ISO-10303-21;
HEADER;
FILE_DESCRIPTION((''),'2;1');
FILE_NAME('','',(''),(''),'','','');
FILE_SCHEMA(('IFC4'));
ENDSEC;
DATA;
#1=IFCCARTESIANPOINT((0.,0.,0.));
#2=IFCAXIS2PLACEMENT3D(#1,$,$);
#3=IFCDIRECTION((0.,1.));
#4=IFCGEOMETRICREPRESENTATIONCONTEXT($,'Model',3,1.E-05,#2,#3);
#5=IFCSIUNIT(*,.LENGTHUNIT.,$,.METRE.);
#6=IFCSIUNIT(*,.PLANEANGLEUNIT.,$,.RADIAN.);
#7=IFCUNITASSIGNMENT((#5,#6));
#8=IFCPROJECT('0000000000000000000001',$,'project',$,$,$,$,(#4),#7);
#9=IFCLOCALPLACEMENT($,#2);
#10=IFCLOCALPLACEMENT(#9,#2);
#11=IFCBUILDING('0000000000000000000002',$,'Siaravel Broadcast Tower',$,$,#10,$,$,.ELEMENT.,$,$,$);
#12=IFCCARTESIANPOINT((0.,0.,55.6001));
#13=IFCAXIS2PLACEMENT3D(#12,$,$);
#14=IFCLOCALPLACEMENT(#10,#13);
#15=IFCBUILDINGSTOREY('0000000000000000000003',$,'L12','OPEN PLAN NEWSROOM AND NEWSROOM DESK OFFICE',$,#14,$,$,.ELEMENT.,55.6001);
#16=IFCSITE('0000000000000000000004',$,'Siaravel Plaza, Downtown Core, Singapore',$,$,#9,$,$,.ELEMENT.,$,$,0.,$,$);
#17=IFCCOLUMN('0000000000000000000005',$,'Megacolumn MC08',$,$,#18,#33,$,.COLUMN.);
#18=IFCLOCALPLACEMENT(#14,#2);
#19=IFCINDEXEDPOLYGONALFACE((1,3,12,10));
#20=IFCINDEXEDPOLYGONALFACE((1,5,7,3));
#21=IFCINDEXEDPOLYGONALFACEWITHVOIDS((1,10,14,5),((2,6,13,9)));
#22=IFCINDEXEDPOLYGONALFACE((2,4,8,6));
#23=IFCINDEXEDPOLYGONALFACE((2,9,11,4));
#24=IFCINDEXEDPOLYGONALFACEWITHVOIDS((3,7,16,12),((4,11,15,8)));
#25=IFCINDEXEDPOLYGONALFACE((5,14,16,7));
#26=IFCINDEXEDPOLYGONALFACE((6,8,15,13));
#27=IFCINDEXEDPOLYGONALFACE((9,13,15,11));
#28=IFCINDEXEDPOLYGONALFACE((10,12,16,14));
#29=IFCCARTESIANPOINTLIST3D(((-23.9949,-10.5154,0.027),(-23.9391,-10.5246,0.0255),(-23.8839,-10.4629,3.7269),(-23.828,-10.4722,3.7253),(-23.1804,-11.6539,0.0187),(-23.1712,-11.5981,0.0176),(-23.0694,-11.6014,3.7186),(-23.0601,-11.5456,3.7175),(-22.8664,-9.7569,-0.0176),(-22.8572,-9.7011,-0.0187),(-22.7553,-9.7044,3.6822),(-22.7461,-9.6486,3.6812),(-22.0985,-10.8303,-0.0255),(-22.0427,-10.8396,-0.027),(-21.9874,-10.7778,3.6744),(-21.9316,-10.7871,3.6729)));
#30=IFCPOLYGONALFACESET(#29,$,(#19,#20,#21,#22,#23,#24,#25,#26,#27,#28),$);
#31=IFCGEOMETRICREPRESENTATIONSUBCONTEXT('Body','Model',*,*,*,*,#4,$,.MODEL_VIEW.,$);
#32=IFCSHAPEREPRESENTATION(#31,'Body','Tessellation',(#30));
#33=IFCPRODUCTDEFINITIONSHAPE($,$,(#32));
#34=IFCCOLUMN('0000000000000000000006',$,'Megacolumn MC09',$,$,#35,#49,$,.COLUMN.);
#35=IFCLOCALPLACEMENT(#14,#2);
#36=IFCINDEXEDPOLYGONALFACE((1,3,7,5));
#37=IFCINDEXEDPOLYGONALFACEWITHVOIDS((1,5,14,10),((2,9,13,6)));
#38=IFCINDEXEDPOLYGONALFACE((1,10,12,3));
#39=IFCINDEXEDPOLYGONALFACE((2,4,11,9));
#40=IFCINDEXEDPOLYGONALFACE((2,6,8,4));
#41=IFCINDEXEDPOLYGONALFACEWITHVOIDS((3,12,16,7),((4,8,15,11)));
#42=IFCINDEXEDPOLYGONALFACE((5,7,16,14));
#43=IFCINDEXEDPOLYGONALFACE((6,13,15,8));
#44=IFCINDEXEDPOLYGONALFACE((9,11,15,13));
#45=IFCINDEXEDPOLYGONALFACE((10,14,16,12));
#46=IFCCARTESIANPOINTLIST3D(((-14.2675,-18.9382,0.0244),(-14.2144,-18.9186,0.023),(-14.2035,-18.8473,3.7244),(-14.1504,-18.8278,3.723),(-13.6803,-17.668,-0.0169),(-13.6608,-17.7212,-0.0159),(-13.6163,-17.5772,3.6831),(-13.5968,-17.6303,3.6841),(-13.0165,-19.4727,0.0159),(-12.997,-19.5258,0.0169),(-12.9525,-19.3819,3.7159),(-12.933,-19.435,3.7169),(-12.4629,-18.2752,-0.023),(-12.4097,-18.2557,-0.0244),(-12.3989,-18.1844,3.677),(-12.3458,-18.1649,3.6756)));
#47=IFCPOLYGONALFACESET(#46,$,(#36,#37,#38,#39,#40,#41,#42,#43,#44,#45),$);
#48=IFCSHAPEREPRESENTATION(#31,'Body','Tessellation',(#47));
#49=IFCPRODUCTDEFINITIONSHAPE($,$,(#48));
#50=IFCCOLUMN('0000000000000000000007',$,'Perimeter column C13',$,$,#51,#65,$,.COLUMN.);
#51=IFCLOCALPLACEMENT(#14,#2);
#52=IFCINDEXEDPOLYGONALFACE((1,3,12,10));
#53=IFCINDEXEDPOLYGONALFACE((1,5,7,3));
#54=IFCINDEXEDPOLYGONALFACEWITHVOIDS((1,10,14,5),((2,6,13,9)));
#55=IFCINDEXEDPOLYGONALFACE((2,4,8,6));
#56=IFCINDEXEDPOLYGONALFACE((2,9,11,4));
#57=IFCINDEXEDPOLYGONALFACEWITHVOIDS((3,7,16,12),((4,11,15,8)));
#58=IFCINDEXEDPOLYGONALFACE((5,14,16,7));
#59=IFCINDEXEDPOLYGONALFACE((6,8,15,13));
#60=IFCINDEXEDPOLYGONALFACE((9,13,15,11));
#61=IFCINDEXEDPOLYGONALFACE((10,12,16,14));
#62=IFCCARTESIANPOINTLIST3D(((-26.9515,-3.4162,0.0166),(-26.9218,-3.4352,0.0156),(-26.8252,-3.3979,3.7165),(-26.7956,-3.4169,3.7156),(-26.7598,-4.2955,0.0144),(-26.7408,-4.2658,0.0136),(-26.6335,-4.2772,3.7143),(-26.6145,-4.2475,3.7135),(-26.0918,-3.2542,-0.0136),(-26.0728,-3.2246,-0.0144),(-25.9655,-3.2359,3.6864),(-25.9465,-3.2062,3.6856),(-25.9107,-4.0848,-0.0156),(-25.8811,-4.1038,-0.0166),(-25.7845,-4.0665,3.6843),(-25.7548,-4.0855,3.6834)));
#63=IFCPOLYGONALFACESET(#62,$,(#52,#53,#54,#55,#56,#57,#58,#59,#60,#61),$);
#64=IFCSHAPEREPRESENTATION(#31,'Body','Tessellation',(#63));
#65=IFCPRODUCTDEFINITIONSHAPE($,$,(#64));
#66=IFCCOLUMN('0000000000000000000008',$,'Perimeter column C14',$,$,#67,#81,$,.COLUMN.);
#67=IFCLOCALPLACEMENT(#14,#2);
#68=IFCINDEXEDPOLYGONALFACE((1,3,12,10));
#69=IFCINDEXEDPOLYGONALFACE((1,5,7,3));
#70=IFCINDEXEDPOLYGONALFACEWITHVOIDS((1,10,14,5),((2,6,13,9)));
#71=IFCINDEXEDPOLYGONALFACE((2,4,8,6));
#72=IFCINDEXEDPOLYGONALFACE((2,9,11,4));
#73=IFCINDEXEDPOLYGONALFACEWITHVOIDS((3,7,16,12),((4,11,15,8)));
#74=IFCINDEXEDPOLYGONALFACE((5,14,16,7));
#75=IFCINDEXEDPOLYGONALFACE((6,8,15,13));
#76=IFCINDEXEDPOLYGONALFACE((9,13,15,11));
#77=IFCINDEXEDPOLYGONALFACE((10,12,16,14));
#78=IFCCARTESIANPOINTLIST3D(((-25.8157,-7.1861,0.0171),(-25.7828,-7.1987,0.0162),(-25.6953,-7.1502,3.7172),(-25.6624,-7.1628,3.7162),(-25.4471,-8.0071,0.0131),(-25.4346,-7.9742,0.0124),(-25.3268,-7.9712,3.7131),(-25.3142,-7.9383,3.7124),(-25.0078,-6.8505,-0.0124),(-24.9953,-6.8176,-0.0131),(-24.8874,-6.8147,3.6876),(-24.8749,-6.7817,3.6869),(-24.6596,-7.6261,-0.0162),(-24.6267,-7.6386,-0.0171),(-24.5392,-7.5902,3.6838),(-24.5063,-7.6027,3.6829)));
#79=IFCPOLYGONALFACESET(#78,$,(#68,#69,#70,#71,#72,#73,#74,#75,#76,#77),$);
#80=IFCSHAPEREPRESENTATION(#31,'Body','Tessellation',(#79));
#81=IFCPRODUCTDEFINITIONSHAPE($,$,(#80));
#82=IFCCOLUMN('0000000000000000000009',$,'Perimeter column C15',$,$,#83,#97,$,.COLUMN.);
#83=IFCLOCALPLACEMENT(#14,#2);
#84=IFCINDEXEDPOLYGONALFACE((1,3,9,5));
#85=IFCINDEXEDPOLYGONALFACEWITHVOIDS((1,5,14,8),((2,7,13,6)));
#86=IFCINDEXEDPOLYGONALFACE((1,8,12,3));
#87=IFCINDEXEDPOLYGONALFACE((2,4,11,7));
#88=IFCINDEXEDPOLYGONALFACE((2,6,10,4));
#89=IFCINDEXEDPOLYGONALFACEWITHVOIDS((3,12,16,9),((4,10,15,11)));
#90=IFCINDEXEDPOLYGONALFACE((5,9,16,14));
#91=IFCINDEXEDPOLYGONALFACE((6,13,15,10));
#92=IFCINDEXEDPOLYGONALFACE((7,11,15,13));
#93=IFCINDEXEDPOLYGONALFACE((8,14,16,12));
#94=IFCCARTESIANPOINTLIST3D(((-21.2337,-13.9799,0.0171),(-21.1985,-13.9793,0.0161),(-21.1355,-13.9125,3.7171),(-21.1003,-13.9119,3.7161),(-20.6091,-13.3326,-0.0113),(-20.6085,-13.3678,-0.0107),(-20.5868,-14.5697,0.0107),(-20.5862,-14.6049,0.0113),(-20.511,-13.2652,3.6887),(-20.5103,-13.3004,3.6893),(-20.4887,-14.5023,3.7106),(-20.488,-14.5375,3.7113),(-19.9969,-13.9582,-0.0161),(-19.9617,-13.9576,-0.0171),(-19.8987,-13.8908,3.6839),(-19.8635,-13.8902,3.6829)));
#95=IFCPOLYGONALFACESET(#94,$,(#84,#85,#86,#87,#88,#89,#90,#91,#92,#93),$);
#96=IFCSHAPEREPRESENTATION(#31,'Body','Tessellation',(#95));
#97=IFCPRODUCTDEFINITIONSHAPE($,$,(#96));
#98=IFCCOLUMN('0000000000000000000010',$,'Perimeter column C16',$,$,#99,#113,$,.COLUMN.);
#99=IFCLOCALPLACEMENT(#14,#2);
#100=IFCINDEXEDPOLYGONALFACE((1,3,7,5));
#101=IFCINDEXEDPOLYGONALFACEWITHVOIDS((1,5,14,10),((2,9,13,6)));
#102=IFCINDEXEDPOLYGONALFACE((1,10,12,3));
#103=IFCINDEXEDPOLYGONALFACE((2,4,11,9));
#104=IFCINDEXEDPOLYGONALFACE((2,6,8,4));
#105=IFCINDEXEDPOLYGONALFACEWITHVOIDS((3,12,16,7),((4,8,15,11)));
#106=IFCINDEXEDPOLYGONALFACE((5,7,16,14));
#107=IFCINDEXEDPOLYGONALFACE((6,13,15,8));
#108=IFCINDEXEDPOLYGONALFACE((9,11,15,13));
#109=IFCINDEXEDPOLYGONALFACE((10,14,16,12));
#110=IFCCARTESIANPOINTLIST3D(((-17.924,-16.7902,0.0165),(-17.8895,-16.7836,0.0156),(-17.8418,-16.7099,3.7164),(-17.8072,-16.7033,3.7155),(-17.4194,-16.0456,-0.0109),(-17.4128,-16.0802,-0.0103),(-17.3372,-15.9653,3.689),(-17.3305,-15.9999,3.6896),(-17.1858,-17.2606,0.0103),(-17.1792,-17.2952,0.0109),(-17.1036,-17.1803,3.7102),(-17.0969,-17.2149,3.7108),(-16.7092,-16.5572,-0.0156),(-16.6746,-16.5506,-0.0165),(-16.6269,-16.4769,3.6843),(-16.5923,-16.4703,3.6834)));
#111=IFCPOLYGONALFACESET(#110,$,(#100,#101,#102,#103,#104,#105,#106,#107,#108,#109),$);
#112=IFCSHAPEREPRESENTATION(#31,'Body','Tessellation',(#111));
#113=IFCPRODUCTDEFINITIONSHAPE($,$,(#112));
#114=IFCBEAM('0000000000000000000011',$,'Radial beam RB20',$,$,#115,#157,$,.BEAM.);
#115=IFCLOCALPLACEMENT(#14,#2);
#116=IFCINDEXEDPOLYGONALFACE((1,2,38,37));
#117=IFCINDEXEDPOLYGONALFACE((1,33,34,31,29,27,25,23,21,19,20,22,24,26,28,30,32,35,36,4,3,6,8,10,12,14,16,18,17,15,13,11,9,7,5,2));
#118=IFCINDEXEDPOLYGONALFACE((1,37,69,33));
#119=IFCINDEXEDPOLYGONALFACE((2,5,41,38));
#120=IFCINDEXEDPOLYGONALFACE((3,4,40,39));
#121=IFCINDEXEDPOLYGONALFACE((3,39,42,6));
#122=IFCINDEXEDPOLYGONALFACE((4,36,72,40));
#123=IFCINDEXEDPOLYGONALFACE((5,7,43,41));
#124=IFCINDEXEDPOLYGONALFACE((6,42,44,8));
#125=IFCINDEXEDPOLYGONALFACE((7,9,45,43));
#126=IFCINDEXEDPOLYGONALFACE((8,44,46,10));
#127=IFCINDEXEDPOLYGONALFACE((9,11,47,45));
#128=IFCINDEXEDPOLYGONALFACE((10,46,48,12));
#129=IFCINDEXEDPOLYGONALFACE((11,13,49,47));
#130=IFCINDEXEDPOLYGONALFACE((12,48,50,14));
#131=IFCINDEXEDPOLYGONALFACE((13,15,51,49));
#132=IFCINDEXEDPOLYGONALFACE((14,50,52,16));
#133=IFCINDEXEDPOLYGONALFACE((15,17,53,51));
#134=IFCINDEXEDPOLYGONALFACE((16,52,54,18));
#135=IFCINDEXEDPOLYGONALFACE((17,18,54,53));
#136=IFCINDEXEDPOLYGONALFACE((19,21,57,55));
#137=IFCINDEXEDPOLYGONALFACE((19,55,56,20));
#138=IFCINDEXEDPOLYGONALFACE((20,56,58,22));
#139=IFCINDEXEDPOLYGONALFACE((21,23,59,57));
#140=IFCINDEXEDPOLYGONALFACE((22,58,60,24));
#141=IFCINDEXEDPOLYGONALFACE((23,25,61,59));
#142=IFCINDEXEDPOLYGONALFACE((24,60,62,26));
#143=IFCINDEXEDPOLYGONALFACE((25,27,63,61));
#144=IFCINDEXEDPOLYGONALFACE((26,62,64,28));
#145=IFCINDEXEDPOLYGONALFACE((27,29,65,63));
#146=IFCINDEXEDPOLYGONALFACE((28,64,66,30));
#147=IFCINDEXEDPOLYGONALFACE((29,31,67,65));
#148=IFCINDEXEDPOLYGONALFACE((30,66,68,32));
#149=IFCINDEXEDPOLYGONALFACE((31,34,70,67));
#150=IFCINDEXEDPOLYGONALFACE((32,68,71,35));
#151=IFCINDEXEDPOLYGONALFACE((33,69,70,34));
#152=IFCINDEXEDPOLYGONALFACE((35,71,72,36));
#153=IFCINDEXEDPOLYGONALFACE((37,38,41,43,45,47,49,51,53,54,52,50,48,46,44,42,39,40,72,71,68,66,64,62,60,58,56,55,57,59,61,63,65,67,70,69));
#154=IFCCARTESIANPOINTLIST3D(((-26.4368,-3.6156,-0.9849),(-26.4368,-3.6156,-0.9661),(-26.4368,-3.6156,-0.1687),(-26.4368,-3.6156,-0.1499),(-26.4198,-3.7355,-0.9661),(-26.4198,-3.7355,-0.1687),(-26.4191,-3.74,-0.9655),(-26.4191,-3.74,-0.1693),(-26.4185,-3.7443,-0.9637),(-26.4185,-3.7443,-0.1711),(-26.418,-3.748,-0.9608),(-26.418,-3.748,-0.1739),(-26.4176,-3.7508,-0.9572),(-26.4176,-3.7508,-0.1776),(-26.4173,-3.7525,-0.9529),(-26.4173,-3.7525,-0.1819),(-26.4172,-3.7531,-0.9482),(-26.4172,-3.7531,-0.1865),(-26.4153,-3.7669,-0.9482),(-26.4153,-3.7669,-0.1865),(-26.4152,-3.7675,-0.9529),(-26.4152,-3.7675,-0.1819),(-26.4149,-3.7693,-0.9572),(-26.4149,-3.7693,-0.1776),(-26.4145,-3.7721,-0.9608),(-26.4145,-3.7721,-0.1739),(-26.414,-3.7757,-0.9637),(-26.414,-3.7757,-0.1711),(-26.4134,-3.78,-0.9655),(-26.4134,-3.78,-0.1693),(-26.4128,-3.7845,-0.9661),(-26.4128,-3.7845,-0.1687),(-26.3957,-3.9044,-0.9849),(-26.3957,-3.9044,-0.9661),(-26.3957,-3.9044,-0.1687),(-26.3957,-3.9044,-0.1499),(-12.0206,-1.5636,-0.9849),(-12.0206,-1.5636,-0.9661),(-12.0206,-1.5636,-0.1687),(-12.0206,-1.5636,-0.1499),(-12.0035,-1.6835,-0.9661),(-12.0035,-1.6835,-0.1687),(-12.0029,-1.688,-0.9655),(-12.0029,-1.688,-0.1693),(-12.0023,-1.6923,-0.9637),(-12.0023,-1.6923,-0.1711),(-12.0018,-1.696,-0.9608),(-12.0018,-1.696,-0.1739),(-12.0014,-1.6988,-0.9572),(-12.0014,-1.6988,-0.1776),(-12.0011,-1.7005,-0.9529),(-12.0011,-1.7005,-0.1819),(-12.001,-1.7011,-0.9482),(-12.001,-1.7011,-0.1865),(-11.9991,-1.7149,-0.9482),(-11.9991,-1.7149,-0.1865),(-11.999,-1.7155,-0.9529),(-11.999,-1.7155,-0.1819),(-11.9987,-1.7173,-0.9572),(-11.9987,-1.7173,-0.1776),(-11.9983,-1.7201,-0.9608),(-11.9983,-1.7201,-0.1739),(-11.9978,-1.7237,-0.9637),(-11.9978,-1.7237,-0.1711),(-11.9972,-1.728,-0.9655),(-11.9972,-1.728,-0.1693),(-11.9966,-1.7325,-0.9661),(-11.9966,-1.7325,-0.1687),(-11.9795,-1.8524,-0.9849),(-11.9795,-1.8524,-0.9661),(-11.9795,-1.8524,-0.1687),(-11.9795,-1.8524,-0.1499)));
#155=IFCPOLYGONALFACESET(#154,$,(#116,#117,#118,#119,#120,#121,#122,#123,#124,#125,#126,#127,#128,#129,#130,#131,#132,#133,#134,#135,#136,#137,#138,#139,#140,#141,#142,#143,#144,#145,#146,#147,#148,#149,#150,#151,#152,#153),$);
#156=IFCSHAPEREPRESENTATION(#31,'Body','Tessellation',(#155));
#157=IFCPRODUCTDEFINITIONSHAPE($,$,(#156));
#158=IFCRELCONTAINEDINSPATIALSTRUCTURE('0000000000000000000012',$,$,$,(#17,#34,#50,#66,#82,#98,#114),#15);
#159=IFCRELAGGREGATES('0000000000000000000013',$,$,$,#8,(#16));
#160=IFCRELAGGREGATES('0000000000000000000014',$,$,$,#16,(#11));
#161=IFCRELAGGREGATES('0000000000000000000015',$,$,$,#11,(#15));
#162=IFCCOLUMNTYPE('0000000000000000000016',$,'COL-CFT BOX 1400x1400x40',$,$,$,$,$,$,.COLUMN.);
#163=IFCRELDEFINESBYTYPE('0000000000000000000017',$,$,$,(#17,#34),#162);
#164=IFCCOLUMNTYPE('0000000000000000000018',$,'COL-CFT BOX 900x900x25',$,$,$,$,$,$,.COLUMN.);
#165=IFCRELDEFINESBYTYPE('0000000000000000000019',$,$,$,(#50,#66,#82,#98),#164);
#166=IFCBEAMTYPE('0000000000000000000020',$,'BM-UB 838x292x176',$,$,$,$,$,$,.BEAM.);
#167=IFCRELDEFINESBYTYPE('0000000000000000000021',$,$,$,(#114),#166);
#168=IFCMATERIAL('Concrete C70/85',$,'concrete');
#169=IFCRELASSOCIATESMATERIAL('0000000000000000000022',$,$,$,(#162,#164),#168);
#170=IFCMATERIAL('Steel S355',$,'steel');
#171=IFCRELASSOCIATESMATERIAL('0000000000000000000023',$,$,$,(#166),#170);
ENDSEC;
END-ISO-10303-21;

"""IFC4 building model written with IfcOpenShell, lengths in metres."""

from ifc_helpers import new_model, si_unit, direction, frame, origin, origin_2d, place, context, subcontext, project, spatial, hollow_rectangle, i_section, extrude, material, material_profile, profile_set, type_object, element, save


model = new_model("IFC4")

# Units and contexts
model_context = context("Model", 3, precision=1e-05, world=origin(), true_north=direction((0.0, 1.0)))
body_context = subcontext(model_context, "Body", "Model", "MODEL_VIEW")
ifc_project = project(units=[si_unit("LENGTHUNIT", "METRE"), si_unit("PLANEANGLEUNIT", "RADIAN")], contexts=[model_context])

# Site, building, storey
site_placement = place(None, origin())
site = spatial("IfcSite", under=ifc_project, at=site_placement, Name="Siaravel Plaza, Downtown Core, Singapore", CompositionType="ELEMENT", RefElevation=0.0)
building_placement = place(site_placement, origin())
building = spatial("IfcBuilding", under=site, at=building_placement, Name="Siaravel Broadcast Tower", CompositionType="ELEMENT")
storey_placement = place(building_placement, frame((0.0, 0.0, 55.6001)))
storey = spatial("IfcBuildingStorey", under=building, at=storey_placement, Name="L12", Description="OPEN PLAN NEWSROOM AND NEWSROOM DESK OFFICE", CompositionType="ELEMENT", Elevation=55.6001)

# Columns
ifc_material_1 = material(Name="Concrete C70/85", Category="concrete")
ifc_material_profile_1 = material_profile(ifc_material_1, hollow_rectangle(XDim=1.3999, YDim=1.3999, WallThickness=0.04, at=origin_2d()))
ifc_profile_set_1 = profile_set([ifc_material_profile_1], Name="Concrete C70/85")
column_type_1 = type_object("IfcColumnType", Name="COL-CFT BOX 1400x1400x40", PredefinedType="COLUMN", material=ifc_profile_set_1)
column_1_placement = place(storey_placement, frame((-23.0188, -10.6775, 0.0), z_axis=(0.030007, 0.014179, 0.999449), x_axis=(-0.581821, 0.813295, 0.00593)))
element("IfcColumn", 1, at=column_1_placement, inside=storey, type_object=column_type_1, Name="Megacolumn MC08", PredefinedType="COLUMN", context=body_context, shape_type="SweptSolid", body=[
    extrude(hollow_rectangle(XDim=1.3999, YDim=1.3999, WallThickness=0.04, at=origin_2d()), origin(), (0.0, 0.0, 1.0), 3.7019),
])
column_2_placement = place(storey_placement, frame((-13.3386, -18.5969, 0.0), z_axis=(0.01728, 0.024535, 0.99955), x_axis=(-0.907606, 0.419789, 0.005386)))
element("IfcColumn", 2, at=column_2_placement, inside=storey, type_object=column_type_1, Name="Megacolumn MC09", PredefinedType="COLUMN", context=body_context, shape_type="SweptSolid", body=[
    extrude(hollow_rectangle(XDim=1.3999, YDim=1.3999, WallThickness=0.04, at=origin_2d()), origin(), (0.0, 0.0, 1.0), 3.7017),
])
ifc_material_profile_2 = material_profile(ifc_material_1, hollow_rectangle(XDim=0.8999, YDim=0.8999, WallThickness=0.0249, at=origin_2d()))
ifc_profile_set_2 = profile_set([ifc_material_profile_2], Name="Concrete C70/85")
column_type_2 = type_object("IfcColumnType", Name="COL-CFT BOX 900x900x25", PredefinedType="COLUMN", material=ifc_profile_set_2)
for number, where, z_axis, x_axis, name in (
    (3, (-26.4163, -3.76, 0.0), (0.034094, 0.004946, 0.999406), (-0.213026, 0.977043, 0.002432), "Perimeter column C13"),
    (4, (-25.2212, -7.4124, 0.0), (0.032512, 0.009694, 0.999424), (-0.409583, 0.912262, 0.004475), "Perimeter column C14"),
):
    element("IfcColumn", number, at=place(storey_placement, frame(where, z_axis=z_axis, x_axis=x_axis)), inside=storey, type_object=column_type_2, Name=name, PredefinedType="COLUMN", context=body_context, shape_type="SweptSolid", body=[
        extrude(hollow_rectangle(XDim=0.8999, YDim=0.8999, WallThickness=0.0249, at=origin_2d()), origin(), (0.0, 0.0, 1.0), 3.7021),
    ])
column_3_placement = place(storey_placement, frame((-20.5977, -13.9688, 0.0), z_axis=(0.026512, 0.018202, 0.999483), x_axis=(-0.719487, 0.694476, 0.006437)))
element("IfcColumn", 5, at=column_3_placement, inside=storey, type_object=column_type_2, Name="Perimeter column C15", PredefinedType="COLUMN", context=body_context, shape_type="SweptSolid", body=[
    extrude(hollow_rectangle(XDim=0.8999, YDim=0.8999, WallThickness=0.0249, at=origin_2d()), origin(), (0.0, 0.0, 1.0), 3.7019),
])
column_4_placement = place(storey_placement, frame((-17.2993, -16.6704, 0.0), z_axis=(0.022226, 0.021699, 0.999517), x_axis=(-0.827705, 0.561129, 0.006224)))
element("IfcColumn", 6, at=column_4_placement, inside=storey, type_object=column_type_2, Name="Perimeter column C16", PredefinedType="COLUMN", context=body_context, shape_type="SweptSolid", body=[
    extrude(hollow_rectangle(XDim=0.8999, YDim=0.8999, WallThickness=0.0249, at=origin_2d()), origin(), (0.0, 0.0, 1.0), 3.7017),
])

# Beam
ifc_material_2 = material(Name="Steel S355", Category="steel")
ifc_material_profile_3 = material_profile(ifc_material_2, i_section(OverallWidth=0.2917, OverallDepth=0.835, WebThickness=0.0139, FlangeThickness=0.0188, FilletRadius=0.0178, at=origin_2d()))
ifc_profile_set_3 = profile_set([ifc_material_profile_3], Name="Steel S355")
beam_type = type_object("IfcBeamType", Name="BM-UB 838x292x176", PredefinedType="BEAM", material=ifc_profile_set_3)
beam_1_placement = place(storey_placement, frame((-26.4163, -3.76, -0.5674), z_axis=(0.990021, 0.140919, 0.0), x_axis=(-0.140919, 0.990021, 0.0)))
element("IfcBeam", 7, at=beam_1_placement, inside=storey, type_object=beam_type, Name="Radial beam RB20", PredefinedType="BEAM", context=body_context, shape_type="SweptSolid", body=[
    extrude(i_section(OverallWidth=0.2917, OverallDepth=0.835, WebThickness=0.0139, FlangeThickness=0.0188, FilletRadius=0.0178, at=origin_2d()), origin(), (0.0, 0.0, 1.0), 14.5615),
])

save(model, "model.ifc")
